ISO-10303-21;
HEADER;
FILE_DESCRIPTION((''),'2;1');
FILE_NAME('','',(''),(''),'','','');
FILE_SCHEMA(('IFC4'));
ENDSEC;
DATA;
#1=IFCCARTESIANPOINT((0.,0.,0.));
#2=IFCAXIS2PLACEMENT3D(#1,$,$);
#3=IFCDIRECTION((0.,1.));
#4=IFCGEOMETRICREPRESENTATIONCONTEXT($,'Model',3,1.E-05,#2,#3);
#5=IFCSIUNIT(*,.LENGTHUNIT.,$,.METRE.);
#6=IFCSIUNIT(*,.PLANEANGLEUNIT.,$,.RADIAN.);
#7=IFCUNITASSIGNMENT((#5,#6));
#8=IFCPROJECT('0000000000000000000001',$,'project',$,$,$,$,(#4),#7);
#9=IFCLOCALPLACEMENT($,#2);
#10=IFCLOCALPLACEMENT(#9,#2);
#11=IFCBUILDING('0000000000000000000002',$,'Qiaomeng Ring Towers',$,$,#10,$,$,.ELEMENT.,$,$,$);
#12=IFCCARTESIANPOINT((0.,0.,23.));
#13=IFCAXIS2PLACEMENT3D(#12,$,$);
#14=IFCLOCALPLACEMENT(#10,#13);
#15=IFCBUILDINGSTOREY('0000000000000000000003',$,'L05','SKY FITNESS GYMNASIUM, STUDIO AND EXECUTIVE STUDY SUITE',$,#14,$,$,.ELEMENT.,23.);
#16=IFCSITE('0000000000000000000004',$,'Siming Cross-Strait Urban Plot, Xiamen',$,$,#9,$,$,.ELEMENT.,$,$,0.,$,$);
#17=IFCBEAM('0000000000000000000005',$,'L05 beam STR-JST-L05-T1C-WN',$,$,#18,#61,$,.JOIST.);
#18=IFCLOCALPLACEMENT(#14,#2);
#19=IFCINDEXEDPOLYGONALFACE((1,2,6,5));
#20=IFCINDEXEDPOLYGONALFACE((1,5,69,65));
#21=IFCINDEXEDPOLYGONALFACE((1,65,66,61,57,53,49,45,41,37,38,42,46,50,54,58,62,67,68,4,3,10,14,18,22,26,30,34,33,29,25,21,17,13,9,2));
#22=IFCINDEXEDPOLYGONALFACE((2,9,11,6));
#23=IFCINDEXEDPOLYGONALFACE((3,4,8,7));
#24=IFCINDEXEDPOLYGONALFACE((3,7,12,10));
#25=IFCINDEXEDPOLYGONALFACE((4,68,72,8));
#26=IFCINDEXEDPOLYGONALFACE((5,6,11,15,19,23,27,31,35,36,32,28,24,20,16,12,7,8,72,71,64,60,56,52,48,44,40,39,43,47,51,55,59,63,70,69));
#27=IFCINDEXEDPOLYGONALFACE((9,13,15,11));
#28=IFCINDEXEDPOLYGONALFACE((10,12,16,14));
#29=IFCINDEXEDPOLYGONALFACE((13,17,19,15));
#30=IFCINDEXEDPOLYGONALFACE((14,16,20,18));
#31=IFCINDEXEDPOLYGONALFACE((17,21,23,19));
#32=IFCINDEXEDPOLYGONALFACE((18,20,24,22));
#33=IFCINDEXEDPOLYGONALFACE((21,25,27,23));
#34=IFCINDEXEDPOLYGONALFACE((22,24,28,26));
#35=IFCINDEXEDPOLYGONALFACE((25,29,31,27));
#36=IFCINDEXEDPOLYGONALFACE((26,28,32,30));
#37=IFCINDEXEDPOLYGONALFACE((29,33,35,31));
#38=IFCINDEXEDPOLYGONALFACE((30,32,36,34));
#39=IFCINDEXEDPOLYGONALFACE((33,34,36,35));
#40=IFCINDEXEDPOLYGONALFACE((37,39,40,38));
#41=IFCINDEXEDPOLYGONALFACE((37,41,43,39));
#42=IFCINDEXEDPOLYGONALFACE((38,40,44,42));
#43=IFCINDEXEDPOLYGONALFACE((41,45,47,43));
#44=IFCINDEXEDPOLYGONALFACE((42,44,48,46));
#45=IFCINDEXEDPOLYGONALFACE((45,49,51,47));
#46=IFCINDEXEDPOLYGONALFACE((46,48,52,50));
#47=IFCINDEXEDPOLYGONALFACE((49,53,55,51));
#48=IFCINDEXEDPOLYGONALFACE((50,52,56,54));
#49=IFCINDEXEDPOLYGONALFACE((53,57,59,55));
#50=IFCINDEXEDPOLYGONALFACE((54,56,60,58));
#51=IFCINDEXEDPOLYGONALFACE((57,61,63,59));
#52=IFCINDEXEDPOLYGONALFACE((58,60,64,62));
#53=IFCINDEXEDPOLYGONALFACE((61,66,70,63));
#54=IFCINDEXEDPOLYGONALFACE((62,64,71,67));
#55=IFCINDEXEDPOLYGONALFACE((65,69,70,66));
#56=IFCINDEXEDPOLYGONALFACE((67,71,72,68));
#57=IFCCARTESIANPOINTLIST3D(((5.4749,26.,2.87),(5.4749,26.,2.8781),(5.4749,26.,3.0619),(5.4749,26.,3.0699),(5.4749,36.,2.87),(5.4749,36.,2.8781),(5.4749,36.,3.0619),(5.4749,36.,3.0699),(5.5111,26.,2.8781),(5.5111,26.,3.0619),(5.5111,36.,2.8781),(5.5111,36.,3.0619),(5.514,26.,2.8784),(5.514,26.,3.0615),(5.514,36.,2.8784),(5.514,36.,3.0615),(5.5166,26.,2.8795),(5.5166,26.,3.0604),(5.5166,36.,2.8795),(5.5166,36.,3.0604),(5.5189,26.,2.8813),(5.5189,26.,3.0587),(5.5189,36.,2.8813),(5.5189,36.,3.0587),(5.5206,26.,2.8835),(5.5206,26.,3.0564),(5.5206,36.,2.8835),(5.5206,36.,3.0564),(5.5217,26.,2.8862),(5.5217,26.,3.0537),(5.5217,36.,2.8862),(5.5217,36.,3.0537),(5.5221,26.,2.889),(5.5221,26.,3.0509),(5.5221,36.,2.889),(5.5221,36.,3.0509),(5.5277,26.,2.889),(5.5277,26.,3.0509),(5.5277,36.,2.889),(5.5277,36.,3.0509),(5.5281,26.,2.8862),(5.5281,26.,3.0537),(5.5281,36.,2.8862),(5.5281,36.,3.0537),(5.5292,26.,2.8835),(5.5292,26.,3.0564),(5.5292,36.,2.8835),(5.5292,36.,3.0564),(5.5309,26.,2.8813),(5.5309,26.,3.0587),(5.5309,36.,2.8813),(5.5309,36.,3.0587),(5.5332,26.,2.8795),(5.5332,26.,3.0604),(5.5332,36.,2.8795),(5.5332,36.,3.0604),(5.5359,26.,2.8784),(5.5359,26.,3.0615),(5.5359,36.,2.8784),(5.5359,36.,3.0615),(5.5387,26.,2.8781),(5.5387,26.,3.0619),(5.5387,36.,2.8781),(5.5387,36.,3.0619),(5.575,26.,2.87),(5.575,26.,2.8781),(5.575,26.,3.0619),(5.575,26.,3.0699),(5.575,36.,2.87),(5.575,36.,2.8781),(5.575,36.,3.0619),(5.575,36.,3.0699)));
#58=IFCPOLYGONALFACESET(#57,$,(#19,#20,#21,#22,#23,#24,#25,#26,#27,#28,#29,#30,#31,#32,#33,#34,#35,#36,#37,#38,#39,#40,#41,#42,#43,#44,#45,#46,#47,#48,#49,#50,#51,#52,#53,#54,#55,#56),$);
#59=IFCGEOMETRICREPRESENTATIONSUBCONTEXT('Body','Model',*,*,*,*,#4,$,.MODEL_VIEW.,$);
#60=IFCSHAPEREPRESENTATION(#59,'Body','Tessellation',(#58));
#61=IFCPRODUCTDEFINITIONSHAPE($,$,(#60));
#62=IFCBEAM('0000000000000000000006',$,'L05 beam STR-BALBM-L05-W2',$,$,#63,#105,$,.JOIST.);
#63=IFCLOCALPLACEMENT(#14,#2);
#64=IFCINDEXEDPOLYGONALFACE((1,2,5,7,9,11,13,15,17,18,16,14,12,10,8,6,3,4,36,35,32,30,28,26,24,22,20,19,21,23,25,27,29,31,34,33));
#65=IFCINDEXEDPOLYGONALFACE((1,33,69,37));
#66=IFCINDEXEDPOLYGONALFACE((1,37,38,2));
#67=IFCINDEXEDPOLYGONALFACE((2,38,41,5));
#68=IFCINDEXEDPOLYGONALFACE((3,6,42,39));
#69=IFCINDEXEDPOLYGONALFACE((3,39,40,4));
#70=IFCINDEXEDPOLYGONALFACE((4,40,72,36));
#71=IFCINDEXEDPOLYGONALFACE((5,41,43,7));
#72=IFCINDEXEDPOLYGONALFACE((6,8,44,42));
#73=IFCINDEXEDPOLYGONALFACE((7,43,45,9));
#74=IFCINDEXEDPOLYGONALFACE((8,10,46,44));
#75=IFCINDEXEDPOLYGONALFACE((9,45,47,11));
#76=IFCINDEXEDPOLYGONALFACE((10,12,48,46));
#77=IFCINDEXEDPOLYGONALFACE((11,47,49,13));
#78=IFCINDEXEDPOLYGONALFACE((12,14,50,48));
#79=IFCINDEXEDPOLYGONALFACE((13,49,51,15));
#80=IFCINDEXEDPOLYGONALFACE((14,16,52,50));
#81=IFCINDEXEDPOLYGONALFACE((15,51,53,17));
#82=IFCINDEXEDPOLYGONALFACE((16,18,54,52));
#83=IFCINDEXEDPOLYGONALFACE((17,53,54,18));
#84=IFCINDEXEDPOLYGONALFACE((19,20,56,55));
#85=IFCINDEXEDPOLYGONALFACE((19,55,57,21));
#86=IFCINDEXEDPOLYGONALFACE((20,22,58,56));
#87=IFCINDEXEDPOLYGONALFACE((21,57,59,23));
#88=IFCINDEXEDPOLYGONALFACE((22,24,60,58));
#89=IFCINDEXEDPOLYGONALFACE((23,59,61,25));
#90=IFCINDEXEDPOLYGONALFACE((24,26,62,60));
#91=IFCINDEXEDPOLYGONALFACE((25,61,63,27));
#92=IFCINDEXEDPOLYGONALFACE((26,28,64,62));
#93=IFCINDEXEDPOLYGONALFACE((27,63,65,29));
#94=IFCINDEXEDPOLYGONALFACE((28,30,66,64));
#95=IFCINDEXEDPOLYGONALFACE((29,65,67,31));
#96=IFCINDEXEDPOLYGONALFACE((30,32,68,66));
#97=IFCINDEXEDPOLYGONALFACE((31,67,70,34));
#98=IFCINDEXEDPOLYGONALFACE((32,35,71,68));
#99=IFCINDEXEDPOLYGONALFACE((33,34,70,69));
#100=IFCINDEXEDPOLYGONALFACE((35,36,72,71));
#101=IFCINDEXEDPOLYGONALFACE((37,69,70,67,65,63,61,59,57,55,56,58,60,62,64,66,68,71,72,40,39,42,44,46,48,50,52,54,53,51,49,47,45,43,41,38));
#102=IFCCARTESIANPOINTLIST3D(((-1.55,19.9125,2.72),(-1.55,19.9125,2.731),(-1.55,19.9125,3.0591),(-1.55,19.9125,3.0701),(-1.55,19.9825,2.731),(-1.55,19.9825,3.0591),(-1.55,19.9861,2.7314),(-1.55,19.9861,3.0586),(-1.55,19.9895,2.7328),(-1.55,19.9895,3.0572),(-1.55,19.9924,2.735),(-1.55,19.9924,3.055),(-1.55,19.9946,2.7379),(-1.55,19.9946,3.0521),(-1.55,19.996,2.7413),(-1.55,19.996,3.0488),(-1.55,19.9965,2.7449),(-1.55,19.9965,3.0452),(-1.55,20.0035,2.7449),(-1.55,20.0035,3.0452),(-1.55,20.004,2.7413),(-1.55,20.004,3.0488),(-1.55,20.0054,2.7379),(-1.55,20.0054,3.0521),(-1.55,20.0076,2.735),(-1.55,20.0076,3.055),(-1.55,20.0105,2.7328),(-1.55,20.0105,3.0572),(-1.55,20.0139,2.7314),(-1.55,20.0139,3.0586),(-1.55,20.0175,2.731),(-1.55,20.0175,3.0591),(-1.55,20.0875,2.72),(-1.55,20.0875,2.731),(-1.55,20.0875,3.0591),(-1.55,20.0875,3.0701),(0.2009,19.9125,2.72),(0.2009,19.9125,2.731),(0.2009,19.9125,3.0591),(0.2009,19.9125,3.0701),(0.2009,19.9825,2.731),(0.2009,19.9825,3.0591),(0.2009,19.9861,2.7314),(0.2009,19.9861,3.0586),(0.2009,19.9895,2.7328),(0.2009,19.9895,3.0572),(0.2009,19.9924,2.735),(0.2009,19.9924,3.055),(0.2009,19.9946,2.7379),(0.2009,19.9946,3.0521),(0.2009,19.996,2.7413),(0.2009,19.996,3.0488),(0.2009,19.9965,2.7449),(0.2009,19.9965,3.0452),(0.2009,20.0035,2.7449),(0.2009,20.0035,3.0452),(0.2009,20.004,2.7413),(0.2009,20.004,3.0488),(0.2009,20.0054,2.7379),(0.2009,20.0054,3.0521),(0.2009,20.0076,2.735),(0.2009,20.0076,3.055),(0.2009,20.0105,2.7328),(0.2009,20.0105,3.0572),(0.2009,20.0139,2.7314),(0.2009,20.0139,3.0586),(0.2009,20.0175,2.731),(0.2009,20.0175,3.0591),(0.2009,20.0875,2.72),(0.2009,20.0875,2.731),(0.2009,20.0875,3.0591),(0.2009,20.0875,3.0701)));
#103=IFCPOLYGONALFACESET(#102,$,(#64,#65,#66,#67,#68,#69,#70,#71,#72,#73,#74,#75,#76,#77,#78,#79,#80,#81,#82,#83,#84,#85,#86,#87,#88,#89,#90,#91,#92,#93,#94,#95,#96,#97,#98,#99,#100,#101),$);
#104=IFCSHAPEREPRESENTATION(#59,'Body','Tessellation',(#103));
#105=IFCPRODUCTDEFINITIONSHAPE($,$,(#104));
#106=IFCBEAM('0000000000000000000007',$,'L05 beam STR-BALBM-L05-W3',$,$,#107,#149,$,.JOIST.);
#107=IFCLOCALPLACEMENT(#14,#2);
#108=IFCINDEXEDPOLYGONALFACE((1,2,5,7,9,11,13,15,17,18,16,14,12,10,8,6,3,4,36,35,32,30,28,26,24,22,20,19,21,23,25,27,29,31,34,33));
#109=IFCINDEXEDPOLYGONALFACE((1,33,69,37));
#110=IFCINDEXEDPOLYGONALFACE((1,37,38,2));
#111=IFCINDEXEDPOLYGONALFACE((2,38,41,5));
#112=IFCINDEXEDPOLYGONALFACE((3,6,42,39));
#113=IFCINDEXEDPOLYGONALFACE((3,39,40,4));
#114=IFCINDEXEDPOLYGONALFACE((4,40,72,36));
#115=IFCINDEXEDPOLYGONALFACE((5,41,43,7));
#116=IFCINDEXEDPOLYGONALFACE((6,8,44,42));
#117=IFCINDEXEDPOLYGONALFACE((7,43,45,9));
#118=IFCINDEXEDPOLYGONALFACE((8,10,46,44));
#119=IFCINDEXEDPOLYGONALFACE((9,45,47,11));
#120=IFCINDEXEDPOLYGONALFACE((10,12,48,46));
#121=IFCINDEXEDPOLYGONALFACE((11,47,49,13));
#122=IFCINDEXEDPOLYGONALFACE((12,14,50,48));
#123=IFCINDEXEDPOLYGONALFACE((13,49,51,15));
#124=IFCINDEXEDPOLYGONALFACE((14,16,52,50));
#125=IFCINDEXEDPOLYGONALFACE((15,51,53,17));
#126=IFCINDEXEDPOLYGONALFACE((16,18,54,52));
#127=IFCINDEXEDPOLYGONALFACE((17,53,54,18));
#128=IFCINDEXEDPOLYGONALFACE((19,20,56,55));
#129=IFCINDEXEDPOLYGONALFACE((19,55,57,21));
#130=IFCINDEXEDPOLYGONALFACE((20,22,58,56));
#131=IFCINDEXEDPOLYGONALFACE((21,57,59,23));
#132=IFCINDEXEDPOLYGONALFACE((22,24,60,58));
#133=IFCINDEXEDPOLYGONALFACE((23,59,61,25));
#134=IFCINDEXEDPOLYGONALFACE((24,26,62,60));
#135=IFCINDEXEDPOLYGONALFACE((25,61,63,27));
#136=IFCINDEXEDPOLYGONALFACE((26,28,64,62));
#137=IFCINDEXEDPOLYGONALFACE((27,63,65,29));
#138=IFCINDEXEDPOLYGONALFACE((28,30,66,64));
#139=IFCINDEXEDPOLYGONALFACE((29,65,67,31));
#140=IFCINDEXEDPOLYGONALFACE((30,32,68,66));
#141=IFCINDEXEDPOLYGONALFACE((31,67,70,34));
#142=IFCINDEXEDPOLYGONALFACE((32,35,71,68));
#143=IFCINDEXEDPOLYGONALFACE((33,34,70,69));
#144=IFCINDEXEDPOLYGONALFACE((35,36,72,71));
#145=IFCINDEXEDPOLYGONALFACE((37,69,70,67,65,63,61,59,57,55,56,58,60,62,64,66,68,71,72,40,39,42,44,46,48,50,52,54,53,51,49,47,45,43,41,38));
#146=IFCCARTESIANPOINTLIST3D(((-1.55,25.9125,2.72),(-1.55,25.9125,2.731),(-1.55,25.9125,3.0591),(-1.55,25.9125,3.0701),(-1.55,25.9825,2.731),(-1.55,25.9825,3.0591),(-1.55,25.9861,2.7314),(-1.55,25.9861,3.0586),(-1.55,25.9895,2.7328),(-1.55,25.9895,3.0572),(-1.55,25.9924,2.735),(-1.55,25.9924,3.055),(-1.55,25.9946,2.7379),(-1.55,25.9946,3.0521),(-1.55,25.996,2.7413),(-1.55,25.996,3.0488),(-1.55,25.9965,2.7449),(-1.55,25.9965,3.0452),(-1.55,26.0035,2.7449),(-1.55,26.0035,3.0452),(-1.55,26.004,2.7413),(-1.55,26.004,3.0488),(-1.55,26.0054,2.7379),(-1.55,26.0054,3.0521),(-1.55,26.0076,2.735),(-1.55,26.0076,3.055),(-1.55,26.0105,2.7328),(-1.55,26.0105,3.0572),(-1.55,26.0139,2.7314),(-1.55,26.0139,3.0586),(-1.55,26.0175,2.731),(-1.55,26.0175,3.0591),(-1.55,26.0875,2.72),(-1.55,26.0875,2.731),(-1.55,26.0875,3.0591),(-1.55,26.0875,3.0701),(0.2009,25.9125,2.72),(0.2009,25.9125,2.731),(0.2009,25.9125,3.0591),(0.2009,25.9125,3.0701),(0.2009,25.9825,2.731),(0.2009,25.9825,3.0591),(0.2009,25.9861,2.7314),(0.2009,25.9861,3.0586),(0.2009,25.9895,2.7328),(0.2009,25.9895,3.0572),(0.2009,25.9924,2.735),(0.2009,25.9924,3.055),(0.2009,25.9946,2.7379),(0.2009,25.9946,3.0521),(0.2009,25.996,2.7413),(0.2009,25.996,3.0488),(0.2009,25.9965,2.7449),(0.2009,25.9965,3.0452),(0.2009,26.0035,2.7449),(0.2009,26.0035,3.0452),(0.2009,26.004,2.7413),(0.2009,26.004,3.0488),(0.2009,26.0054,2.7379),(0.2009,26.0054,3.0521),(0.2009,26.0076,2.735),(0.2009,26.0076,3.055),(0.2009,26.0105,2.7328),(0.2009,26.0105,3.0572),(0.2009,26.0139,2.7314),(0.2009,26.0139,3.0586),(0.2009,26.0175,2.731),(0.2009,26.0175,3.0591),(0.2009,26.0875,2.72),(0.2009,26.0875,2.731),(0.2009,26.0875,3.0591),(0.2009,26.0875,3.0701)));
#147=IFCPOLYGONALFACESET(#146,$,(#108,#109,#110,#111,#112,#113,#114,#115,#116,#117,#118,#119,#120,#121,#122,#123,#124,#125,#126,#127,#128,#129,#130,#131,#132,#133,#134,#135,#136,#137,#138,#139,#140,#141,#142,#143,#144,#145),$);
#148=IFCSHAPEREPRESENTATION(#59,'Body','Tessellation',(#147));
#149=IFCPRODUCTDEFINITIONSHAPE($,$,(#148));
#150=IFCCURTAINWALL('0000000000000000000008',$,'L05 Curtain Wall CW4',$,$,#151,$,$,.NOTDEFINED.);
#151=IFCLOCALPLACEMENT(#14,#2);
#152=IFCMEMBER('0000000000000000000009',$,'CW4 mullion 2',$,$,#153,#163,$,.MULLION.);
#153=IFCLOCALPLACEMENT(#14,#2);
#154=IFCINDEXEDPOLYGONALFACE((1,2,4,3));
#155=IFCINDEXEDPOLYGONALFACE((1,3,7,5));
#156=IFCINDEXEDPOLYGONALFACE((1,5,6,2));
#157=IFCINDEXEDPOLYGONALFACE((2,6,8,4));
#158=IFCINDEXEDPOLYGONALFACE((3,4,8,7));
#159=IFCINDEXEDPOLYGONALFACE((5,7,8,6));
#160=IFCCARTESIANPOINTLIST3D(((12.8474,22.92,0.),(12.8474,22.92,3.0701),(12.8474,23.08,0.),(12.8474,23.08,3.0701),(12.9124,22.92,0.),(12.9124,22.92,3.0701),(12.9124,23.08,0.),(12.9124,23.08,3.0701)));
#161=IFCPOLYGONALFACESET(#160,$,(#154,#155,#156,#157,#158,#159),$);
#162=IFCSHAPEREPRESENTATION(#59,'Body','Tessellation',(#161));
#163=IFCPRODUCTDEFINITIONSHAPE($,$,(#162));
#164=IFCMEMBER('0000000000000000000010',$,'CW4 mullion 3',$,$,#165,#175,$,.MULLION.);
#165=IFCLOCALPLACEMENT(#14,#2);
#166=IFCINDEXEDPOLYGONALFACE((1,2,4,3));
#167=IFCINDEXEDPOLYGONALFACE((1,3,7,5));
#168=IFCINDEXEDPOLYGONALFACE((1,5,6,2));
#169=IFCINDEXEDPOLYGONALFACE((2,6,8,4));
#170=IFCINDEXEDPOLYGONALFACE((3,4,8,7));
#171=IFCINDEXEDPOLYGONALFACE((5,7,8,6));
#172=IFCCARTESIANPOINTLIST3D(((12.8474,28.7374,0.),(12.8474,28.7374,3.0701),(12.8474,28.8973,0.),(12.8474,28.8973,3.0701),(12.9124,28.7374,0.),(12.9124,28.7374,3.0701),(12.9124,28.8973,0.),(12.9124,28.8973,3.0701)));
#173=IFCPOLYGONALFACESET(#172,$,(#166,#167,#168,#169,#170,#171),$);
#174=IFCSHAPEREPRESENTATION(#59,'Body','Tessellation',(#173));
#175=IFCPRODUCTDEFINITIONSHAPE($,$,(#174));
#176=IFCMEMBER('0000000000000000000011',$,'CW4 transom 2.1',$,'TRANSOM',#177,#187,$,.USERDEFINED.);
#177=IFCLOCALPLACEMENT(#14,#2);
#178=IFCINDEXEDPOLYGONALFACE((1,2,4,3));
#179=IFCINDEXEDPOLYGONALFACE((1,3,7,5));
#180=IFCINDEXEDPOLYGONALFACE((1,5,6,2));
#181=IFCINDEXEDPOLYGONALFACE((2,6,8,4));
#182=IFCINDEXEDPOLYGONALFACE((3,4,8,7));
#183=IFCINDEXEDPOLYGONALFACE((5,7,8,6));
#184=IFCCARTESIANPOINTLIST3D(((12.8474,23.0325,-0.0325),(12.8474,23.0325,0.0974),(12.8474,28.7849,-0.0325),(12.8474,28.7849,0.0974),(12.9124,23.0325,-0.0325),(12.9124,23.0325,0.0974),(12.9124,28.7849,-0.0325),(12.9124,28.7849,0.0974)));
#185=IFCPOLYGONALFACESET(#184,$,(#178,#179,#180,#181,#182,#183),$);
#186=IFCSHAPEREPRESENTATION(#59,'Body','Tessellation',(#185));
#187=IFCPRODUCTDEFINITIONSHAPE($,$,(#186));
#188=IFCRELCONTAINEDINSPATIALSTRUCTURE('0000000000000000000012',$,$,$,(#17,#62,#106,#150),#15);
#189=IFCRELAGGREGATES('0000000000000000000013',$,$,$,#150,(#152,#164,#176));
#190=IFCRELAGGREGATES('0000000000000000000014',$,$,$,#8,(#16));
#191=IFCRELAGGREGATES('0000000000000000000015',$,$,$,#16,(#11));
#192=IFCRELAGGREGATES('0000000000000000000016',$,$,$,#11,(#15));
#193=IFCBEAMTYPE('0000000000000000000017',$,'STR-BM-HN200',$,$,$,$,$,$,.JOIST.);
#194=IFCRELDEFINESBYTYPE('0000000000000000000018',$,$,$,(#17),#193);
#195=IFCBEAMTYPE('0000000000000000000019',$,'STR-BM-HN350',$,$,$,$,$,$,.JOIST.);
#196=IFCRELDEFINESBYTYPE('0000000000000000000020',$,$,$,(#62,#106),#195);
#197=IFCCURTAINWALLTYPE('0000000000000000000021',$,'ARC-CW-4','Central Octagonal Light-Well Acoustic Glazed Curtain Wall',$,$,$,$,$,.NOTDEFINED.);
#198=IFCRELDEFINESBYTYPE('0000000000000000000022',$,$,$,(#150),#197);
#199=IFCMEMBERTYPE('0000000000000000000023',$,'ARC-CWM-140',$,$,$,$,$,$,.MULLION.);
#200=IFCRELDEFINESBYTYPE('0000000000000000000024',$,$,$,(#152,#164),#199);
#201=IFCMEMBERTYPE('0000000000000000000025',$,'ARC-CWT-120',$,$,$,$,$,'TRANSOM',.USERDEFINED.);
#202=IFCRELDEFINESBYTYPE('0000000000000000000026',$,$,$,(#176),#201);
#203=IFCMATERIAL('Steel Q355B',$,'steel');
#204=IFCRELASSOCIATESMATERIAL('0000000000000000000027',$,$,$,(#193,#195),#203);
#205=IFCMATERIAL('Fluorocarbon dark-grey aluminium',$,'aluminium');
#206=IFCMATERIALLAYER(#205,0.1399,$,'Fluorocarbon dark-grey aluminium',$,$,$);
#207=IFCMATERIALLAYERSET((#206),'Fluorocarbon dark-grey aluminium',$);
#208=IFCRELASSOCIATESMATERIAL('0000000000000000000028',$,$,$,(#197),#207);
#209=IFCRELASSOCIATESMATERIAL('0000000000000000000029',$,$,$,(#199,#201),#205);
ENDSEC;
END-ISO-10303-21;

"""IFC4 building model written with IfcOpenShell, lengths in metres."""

from ifc_helpers import new_model, si_unit, direction, frame, origin, origin_2d, place, context, subcontext, project, spatial, rectangle, i_section, extrude, source, transform, mapped, material, layer, layer_set, material_profile, profile_set, type_object, element, aggregate, save


model = new_model("IFC4")

# Units and contexts
model_context = context("Model", 3, precision=1e-05, world=origin(), true_north=direction((0.0, 1.0)))
body_context = subcontext(model_context, "Body", "Model", "MODEL_VIEW")
ifc_project = project(units=[si_unit("LENGTHUNIT", "METRE"), si_unit("PLANEANGLEUNIT", "RADIAN")], contexts=[model_context])

# Site, building, storey
site_placement = place(None, origin())
site = spatial("IfcSite", under=ifc_project, at=site_placement, Name="Siming Cross-Strait Urban Plot, Xiamen", CompositionType="ELEMENT", RefElevation=0.0)
building_placement = place(site_placement, origin())
building = spatial("IfcBuilding", under=site, at=building_placement, Name="Qiaomeng Ring Towers", CompositionType="ELEMENT")
storey_placement = place(building_placement, frame((0.0, 0.0, 23.0)))
storey = spatial("IfcBuildingStorey", under=building, at=storey_placement, Name="L05", Description="SKY FITNESS GYMNASIUM, STUDIO AND EXECUTIVE STUDY SUITE", CompositionType="ELEMENT", Elevation=23.0)

# Beams
ifc_material_1 = material(Name="Steel Q355B", Category="steel")
ifc_material_profile_1 = material_profile(ifc_material_1, i_section(OverallWidth=0.1001, OverallDepth=0.2, WebThickness=0.0056, FlangeThickness=0.0081, FilletRadius=0.011, at=origin_2d()), Name="HN 200x100x5.5x8")
ifc_profile_set_1 = profile_set([ifc_material_profile_1], Name="Steel Q355B")
beam_type_1 = type_object("IfcBeamType", Name="STR-BM-HN200", PredefinedType="JOIST", material=ifc_profile_set_1)
shared_shape_1 = source(origin(), body_context, "Body", "SweptSolid", [
    extrude(i_section(OverallWidth=0.1001, OverallDepth=0.2, WebThickness=0.0056, FlangeThickness=0.0081, FilletRadius=0.011, at=origin_2d()), origin(), (0.0, 0.0, 1.0), 10.0),
])
beam_1_placement = place(storey_placement, frame((5.5249, 26.0, 2.97), z_axis=(0.0, 1.0, 0.0), x_axis=(-1.0, 0.0, 0.0)))
element("IfcBeam", 1, at=beam_1_placement, inside=storey, type_object=beam_type_1, Name="L05 beam STR-JST-L05-T1C-WN", PredefinedType="JOIST", context=body_context, shape_type="MappedRepresentation", body=[
    mapped(shared_shape_1, transform((0.0, 0.0, 0.0), x_axis=(1.0, 0.0, 0.0), y_axis=(0.0, 1.0, 0.0), z_axis=(0.0, 0.0, 1.0), scale=1.0)),
])
ifc_material_profile_2 = material_profile(ifc_material_1, i_section(OverallWidth=0.175, OverallDepth=0.3501, WebThickness=0.0071, FlangeThickness=0.011, FilletRadius=0.0139, at=origin_2d()), Name="HN 350x175x7x11")
ifc_profile_set_2 = profile_set([ifc_material_profile_2], Name="Steel Q355B")
beam_type_2 = type_object("IfcBeamType", Name="STR-BM-HN350", PredefinedType="JOIST", material=ifc_profile_set_2)
shared_shape_2 = source(origin(), body_context, "Body", "SweptSolid", [
    extrude(i_section(OverallWidth=0.175, OverallDepth=0.3501, WebThickness=0.0071, FlangeThickness=0.011, FilletRadius=0.0139, at=origin_2d()), origin(), (0.0, 0.0, 1.0), 1.751),
])
for number, where, z_axis, x_axis, name in (
    (2, (-1.55, 20.0, 2.895), (1.0, 0.0, 0.0), (0.0, 1.0, 0.0), "L05 beam STR-BALBM-L05-W2"),
    (3, (-1.55, 26.0, 2.895), (1.0, 0.0, 0.0), (0.0, 1.0, 0.0), "L05 beam STR-BALBM-L05-W3"),
):
    element("IfcBeam", number, at=place(storey_placement, frame(where, z_axis=z_axis, x_axis=x_axis)), inside=storey, type_object=beam_type_2, Name=name, PredefinedType="JOIST", context=body_context, shape_type="MappedRepresentation", body=[
        mapped(shared_shape_2, transform((0.0, 0.0, 0.0), x_axis=(1.0, 0.0, 0.0), y_axis=(0.0, 1.0, 0.0), z_axis=(0.0, 0.0, 1.0), scale=1.0)),
    ])

# Curtain wall, members
ifc_material_2 = material(Name="Fluorocarbon dark-grey aluminium", Category="aluminium")
ifc_layer_1 = layer(ifc_material_2, 0.1399, Name="Fluorocarbon dark-grey aluminium")
ifc_layer_set_1 = layer_set([ifc_layer_1], Name="Fluorocarbon dark-grey aluminium")
curtain_wall_type = type_object("IfcCurtainWallType", Name="ARC-CW-4", Description="Central Octagonal Light-Well Acoustic Glazed Curtain Wall", PredefinedType="NOTDEFINED", material=ifc_layer_set_1)
curtain_wall_placement = place(storey_placement, origin())
curtain_wall = element("IfcCurtainWall", 4, at=curtain_wall_placement, inside=storey, type_object=curtain_wall_type, Name="L05 Curtain Wall CW4", PredefinedType="NOTDEFINED")
ifc_material_profile_3 = material_profile(ifc_material_2, rectangle(XDim=0.0649, YDim=0.1599, at=origin_2d()), Name="ALU MULL 65x160")
ifc_profile_set_3 = profile_set([ifc_material_profile_3], Name="Fluorocarbon dark-grey aluminium")
member_type_1 = type_object("IfcMemberType", Name="ARC-CWM-140", PredefinedType="MULLION", material=ifc_profile_set_3)
shared_shape_3 = source(origin(), body_context, "Body", "SweptSolid", [
    extrude(rectangle(XDim=0.0649, YDim=0.1599, at=origin_2d()), origin(), (0.0, 0.0, 1.0), 3.0701),
])
member_1_placement = place(storey_placement, frame((12.8799, 23.0, 0.0), z_axis=(0.0, 0.0, 1.0), x_axis=(-1.0, 0.0, 0.0)))
member_1 = element("IfcMember", 5, at=member_1_placement, type_object=member_type_1, Name="CW4 mullion 2", PredefinedType="MULLION", context=body_context, shape_type="MappedRepresentation", body=[
    mapped(shared_shape_3, transform((0.0, 0.0, 0.0), x_axis=(1.0, 0.0, 0.0), y_axis=(0.0, 1.0, 0.0), z_axis=(0.0, 0.0, 1.0), scale=1.0)),
])
member_2_placement = place(storey_placement, frame((12.8799, 28.8174, 0.0), z_axis=(0.0, 0.0, 1.0), x_axis=(-1.0, 0.0, 0.0)))
member_2 = element("IfcMember", 6, at=member_2_placement, type_object=member_type_1, Name="CW4 mullion 3", PredefinedType="MULLION", context=body_context, shape_type="MappedRepresentation", body=[
    mapped(shared_shape_3, transform((0.0, 0.0, 0.0), x_axis=(1.0, 0.0, 0.0), y_axis=(0.0, 1.0, 0.0), z_axis=(0.0, 0.0, 1.0), scale=1.0)),
])
ifc_material_profile_4 = material_profile(ifc_material_2, rectangle(XDim=0.0649, YDim=0.1299, at=origin_2d()), Name="ALU TRAN 65x130")
ifc_profile_set_4 = profile_set([ifc_material_profile_4], Name="Fluorocarbon dark-grey aluminium")
member_type_2 = type_object("IfcMemberType", Name="ARC-CWT-120", ElementType="TRANSOM", PredefinedType="USERDEFINED", material=ifc_profile_set_4)
shared_shape_4 = source(origin(), body_context, "Body", "SweptSolid", [
    extrude(rectangle(XDim=0.0649, YDim=0.1299, at=origin_2d()), origin(), (0.0, 0.0, 1.0), 5.7524),
])
member_3_placement = place(storey_placement, frame((12.8799, 23.0325, 0.0325), z_axis=(0.0, 1.0, 0.0), x_axis=(-1.0, 0.0, 0.0)))
member_3 = element("IfcMember", 7, at=member_3_placement, type_object=member_type_2, Name="CW4 transom 2.1", ObjectType="TRANSOM", PredefinedType="USERDEFINED", context=body_context, shape_type="MappedRepresentation", body=[
    mapped(shared_shape_4, transform((0.0, 0.0, 0.0), x_axis=(1.0, 0.0, 0.0), y_axis=(0.0, 1.0, 0.0), z_axis=(0.0, 0.0, 1.0), scale=1.0)),
])
aggregate(curtain_wall, [member_1, member_2, member_3])

save(model, "model.ifc")
